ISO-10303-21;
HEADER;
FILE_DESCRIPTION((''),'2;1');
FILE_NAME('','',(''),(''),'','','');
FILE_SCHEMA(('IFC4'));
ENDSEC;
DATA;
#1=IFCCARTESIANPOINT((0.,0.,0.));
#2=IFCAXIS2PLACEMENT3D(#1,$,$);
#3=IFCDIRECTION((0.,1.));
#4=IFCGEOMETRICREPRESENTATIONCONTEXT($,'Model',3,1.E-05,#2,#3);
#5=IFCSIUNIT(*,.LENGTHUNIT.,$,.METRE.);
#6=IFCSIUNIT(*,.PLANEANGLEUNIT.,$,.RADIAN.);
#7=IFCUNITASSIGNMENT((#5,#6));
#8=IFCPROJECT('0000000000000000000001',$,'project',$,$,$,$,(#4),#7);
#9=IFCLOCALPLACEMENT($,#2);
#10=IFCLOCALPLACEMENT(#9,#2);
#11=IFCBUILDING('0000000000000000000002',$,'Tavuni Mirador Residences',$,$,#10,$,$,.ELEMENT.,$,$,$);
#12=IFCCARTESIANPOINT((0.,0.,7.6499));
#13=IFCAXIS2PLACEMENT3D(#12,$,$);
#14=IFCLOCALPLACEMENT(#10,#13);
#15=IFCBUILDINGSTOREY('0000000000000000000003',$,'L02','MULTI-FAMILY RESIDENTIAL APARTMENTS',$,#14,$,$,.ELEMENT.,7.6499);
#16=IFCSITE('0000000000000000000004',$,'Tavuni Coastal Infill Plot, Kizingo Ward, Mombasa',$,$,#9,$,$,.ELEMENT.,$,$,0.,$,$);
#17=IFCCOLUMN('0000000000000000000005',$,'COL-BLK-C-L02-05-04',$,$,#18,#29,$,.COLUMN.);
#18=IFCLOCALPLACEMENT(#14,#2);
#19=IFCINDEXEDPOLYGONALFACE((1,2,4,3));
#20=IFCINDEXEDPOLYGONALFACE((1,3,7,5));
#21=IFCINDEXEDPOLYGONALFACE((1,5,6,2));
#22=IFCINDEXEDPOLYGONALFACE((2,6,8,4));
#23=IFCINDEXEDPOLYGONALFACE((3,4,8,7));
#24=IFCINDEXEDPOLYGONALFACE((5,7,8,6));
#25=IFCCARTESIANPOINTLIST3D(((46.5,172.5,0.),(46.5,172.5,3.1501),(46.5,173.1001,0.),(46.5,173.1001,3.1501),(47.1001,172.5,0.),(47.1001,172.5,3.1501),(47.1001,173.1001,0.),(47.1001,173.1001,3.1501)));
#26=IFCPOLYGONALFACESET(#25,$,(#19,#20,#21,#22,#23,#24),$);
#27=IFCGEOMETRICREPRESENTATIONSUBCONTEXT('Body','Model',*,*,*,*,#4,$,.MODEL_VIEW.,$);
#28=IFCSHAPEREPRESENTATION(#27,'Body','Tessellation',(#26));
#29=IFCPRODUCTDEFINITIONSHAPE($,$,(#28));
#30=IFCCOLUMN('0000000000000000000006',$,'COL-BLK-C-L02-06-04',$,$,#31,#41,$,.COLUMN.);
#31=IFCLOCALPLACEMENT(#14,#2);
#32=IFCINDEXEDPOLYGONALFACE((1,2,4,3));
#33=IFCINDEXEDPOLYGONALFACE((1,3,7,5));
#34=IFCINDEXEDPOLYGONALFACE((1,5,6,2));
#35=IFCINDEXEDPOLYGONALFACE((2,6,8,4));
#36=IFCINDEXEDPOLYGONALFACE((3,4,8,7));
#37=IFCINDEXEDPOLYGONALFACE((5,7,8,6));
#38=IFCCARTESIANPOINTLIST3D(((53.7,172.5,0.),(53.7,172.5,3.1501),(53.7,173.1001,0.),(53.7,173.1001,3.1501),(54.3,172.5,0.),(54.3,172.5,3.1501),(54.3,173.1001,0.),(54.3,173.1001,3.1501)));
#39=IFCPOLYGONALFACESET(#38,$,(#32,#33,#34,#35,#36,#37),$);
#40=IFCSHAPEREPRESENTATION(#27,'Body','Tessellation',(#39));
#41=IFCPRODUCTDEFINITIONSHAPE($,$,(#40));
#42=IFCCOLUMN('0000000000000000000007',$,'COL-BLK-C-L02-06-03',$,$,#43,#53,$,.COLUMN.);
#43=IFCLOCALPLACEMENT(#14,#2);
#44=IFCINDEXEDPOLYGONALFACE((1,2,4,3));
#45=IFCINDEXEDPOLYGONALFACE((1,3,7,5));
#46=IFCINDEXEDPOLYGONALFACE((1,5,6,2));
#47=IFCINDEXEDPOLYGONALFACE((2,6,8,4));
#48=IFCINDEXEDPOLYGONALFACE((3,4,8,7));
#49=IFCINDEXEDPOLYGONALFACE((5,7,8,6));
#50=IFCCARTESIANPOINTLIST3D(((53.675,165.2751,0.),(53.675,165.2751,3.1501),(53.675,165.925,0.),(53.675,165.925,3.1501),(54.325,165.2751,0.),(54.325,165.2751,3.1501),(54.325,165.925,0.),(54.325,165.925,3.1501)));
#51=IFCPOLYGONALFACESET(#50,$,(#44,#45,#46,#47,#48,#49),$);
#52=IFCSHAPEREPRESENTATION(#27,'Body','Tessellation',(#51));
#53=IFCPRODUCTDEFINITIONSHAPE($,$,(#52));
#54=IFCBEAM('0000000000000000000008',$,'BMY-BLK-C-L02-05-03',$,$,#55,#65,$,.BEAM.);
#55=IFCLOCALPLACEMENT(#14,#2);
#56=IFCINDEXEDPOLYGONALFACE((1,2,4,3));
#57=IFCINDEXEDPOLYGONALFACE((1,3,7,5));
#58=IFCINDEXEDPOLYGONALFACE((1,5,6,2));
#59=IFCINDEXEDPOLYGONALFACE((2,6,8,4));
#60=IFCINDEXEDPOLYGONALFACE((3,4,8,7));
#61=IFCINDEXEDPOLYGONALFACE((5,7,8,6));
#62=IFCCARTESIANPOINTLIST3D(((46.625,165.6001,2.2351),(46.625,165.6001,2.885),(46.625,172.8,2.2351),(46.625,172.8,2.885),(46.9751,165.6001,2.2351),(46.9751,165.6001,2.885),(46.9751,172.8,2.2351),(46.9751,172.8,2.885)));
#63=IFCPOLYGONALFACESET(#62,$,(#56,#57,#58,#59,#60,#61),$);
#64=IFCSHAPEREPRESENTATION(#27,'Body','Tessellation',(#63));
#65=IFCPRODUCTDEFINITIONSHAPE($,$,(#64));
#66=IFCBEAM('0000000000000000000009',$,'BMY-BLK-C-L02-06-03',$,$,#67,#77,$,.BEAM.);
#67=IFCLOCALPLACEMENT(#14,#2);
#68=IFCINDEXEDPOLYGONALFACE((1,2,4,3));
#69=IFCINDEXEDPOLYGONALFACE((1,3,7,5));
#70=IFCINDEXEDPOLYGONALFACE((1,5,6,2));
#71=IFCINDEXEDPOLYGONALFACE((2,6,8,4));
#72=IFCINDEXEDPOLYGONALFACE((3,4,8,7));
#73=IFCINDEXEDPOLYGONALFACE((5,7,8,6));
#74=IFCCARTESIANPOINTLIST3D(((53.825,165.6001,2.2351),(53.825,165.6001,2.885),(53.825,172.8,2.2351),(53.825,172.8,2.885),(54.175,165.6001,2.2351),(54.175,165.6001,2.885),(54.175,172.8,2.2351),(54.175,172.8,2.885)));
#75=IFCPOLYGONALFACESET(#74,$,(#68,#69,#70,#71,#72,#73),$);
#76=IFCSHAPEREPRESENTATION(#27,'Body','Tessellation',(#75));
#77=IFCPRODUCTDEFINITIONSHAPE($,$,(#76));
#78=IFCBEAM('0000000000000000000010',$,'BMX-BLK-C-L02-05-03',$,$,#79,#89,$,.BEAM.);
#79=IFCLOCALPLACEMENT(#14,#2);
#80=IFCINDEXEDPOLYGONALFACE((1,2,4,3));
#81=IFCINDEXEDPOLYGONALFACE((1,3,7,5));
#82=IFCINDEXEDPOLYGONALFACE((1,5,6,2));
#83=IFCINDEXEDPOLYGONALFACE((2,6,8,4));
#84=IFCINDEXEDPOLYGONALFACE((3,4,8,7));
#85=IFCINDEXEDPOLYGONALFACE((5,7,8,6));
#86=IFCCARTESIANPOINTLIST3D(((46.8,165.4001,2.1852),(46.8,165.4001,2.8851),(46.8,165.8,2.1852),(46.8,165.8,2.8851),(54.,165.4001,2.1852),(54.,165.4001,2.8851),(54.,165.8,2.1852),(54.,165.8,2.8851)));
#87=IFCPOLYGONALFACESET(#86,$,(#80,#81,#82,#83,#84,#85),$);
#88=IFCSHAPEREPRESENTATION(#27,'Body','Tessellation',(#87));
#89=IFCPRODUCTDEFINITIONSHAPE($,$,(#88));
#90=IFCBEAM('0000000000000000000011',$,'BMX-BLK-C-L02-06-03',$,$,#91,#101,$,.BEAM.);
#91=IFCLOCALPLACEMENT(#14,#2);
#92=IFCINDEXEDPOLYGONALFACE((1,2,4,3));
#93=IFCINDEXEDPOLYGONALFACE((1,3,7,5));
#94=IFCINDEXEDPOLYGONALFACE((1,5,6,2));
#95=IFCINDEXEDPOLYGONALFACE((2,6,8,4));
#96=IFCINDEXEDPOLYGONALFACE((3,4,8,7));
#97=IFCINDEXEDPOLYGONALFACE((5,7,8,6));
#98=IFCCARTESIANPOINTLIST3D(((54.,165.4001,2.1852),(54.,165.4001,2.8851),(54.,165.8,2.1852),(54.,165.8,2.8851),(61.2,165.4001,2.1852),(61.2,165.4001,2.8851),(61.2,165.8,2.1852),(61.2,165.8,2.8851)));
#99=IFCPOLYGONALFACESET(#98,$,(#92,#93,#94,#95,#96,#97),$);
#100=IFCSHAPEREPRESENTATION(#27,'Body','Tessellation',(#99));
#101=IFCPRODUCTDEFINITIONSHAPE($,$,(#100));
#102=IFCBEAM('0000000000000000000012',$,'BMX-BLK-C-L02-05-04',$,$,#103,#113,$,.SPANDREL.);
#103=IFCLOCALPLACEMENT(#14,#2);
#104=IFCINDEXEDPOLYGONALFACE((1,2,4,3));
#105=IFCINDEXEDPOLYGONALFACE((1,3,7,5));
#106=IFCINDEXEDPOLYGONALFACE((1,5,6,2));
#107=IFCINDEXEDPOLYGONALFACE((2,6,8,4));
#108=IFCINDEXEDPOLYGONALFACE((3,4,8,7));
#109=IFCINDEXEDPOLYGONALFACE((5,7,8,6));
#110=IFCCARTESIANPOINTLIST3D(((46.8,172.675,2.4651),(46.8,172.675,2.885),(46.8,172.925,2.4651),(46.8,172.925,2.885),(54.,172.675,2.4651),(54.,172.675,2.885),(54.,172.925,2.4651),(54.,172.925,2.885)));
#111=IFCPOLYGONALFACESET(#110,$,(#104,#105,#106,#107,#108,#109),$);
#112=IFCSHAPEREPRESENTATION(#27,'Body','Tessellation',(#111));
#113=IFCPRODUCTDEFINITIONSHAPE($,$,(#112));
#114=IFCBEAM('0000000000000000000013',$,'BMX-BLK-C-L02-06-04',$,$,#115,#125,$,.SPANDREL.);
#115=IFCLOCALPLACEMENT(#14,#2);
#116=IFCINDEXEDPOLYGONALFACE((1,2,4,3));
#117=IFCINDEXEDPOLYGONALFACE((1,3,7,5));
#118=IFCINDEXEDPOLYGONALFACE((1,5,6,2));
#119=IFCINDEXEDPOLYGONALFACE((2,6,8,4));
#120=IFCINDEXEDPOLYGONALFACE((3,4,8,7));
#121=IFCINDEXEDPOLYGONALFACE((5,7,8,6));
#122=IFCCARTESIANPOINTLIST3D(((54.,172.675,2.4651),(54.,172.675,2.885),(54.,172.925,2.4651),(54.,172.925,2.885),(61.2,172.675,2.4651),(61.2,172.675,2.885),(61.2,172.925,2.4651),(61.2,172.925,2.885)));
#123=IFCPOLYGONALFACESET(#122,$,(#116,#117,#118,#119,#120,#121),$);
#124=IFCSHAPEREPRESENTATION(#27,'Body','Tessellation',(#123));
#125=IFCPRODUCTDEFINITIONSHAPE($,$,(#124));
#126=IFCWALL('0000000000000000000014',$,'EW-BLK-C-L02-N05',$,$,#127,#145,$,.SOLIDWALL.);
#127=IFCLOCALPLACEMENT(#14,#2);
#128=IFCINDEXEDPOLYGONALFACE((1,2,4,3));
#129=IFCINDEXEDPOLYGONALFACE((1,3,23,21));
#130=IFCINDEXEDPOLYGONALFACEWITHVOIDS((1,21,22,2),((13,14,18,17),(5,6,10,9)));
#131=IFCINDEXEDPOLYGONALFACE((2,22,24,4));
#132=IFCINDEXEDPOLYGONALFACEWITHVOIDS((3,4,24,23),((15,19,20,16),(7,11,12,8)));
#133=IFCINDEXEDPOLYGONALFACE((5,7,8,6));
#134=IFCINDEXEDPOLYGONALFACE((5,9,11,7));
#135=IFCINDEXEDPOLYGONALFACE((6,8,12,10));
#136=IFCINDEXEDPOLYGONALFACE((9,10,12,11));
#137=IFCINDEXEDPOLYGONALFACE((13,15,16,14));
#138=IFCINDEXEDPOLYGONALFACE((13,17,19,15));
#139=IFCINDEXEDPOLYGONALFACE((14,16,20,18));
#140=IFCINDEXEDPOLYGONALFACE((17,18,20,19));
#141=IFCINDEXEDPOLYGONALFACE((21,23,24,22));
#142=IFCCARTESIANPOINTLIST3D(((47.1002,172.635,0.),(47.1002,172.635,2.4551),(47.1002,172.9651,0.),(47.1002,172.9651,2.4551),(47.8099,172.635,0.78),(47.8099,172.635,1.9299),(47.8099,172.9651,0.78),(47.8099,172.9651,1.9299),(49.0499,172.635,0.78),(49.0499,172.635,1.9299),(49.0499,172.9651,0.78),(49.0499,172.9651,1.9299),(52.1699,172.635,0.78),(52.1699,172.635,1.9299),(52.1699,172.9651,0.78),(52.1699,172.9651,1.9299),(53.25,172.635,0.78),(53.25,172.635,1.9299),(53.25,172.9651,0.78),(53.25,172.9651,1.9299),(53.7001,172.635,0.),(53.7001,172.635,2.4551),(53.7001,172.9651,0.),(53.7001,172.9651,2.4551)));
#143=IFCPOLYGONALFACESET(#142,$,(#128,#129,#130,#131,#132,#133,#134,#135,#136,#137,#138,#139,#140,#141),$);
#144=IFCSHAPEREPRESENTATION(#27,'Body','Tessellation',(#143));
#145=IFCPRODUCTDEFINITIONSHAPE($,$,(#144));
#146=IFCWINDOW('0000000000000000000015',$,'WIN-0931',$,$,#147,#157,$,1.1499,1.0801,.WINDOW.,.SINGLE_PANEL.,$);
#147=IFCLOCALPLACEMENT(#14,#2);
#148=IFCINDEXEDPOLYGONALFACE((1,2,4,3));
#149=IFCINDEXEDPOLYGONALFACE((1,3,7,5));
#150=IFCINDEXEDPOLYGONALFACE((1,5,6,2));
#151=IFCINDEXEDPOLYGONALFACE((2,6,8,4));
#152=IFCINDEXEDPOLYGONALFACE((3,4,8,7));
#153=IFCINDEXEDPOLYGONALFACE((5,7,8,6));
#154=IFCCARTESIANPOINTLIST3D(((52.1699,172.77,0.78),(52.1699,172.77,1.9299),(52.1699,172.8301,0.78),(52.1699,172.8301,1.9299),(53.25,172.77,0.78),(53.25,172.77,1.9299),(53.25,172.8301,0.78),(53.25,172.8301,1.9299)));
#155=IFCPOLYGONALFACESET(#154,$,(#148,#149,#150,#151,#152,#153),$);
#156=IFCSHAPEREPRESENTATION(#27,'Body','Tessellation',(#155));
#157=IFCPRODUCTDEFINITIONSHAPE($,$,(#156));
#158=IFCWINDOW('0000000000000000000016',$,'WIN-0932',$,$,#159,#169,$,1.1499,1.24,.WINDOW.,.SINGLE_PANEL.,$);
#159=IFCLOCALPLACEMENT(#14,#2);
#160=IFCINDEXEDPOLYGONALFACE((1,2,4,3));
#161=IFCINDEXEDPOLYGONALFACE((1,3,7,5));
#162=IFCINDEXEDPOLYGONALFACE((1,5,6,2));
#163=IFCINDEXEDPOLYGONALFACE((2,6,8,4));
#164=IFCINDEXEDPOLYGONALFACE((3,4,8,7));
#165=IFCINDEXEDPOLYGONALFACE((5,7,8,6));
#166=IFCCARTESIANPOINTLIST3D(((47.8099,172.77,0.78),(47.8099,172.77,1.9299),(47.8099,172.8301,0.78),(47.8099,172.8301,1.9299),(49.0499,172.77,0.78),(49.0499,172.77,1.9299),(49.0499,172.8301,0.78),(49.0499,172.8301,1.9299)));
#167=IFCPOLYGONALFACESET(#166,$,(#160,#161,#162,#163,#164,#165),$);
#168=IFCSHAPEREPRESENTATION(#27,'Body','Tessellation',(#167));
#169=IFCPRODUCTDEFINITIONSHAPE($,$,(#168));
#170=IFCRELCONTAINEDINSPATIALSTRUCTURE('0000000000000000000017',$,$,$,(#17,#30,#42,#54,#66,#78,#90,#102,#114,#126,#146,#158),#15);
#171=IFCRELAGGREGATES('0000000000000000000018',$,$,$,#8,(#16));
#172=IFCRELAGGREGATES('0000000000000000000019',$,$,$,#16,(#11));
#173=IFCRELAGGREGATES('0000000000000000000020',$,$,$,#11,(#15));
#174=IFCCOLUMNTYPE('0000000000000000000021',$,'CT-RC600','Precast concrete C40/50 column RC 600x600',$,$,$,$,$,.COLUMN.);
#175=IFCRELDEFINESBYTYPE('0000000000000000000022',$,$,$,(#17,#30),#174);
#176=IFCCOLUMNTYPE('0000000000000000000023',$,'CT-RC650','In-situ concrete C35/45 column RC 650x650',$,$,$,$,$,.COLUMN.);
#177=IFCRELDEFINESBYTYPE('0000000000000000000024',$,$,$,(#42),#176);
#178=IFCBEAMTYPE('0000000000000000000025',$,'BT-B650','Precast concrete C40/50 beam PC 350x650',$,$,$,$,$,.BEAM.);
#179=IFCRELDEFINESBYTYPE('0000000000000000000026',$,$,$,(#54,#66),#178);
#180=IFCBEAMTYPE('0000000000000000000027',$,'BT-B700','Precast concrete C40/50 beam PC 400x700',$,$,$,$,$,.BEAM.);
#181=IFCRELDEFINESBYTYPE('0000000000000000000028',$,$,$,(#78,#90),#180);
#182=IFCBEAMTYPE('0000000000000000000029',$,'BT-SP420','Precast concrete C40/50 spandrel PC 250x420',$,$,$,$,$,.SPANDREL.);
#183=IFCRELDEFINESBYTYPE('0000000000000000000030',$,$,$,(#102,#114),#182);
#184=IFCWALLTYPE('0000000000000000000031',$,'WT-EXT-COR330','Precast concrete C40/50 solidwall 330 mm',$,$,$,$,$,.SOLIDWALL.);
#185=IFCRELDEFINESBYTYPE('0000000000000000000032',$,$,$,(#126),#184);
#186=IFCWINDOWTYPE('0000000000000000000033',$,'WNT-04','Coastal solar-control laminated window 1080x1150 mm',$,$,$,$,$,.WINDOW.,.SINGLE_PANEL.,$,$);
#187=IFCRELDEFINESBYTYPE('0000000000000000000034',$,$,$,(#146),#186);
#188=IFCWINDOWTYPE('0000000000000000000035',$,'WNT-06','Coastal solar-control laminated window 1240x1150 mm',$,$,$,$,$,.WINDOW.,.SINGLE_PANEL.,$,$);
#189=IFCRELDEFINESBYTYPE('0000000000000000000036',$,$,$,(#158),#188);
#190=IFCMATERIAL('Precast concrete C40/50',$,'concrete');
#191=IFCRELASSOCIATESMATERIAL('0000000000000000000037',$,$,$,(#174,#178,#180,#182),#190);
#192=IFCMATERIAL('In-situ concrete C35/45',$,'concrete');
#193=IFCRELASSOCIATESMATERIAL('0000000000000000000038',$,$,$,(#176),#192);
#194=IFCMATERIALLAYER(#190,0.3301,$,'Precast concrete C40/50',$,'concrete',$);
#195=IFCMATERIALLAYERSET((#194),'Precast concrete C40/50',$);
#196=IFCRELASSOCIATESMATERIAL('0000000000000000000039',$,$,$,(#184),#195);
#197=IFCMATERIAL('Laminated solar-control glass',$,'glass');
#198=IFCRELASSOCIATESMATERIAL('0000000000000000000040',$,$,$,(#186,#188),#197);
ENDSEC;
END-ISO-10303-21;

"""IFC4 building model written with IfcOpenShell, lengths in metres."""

from ifc_helpers import new_model, si_unit, direction, frame, frame_2d, origin, origin_2d, place, context, subcontext, project, spatial, rectangle, extrude, material, layer, layer_set, material_profile, profile_set, type_object, element, fill, save


model = new_model("IFC4")

# Units and contexts
model_context = context("Model", 3, precision=1e-05, world=origin(), true_north=direction((0.0, 1.0)))
body_context = subcontext(model_context, "Body", "Model", "MODEL_VIEW")
ifc_project = project(units=[si_unit("LENGTHUNIT", "METRE"), si_unit("PLANEANGLEUNIT", "RADIAN")], contexts=[model_context])

# Site, building, storey
site_placement = place(None, origin())
site = spatial("IfcSite", under=ifc_project, at=site_placement, Name="Tavuni Coastal Infill Plot, Kizingo Ward, Mombasa", CompositionType="ELEMENT", RefElevation=0.0)
building_placement = place(site_placement, origin())
building = spatial("IfcBuilding", under=site, at=building_placement, Name="Tavuni Mirador Residences", CompositionType="ELEMENT")
storey_placement = place(building_placement, frame((0.0, 0.0, 7.6499)))
storey = spatial("IfcBuildingStorey", under=building, at=storey_placement, Name="L02", Description="MULTI-FAMILY RESIDENTIAL APARTMENTS", CompositionType="ELEMENT", Elevation=7.6499)

# Columns
ifc_material_1 = material(Name="Precast concrete C40/50", Category="concrete")
ifc_material_profile_1 = material_profile(ifc_material_1, rectangle(XDim=0.6001, YDim=0.6001, at=origin_2d()), Name="RC 600x600", Category="concrete")
ifc_profile_set_1 = profile_set([ifc_material_profile_1], Name="Precast concrete C40/50")
column_type_1 = type_object("IfcColumnType", Name="CT-RC600", Description="Precast concrete C40/50 column RC 600x600", PredefinedType="COLUMN", material=ifc_profile_set_1)
for number, where, z_axis, x_axis, name in (
    (1, (46.8, 172.8, 0.0), (0.0, 0.0, 1.0), (1.0, 0.0, 0.0), "COL-BLK-C-L02-05-04"),
    (2, (54.0, 172.8, 0.0), (0.0, 0.0, 1.0), (1.0, 0.0, 0.0), "COL-BLK-C-L02-06-04"),
):
    element("IfcColumn", number, at=place(storey_placement, frame(where, z_axis=z_axis, x_axis=x_axis)), inside=storey, type_object=column_type_1, Name=name, PredefinedType="COLUMN", context=body_context, shape_type="SweptSolid", body=[
        extrude(rectangle(XDim=0.6001, YDim=0.6001, at=origin_2d()), origin(), (0.0, 0.0, 1.0), 3.1501),
    ])
ifc_material_2 = material(Name="In-situ concrete C35/45", Category="concrete")
ifc_material_profile_2 = material_profile(ifc_material_2, rectangle(XDim=0.6499, YDim=0.6499, at=origin_2d()), Name="RC 650x650", Category="concrete")
ifc_profile_set_2 = profile_set([ifc_material_profile_2], Name="In-situ concrete C35/45")
column_type_2 = type_object("IfcColumnType", Name="CT-RC650", Description="In-situ concrete C35/45 column RC 650x650", PredefinedType="COLUMN", material=ifc_profile_set_2)
column_placement = place(storey_placement, frame((54.0, 165.6001, 0.0), z_axis=(0.0, 0.0, 1.0), x_axis=(1.0, 0.0, 0.0)))
element("IfcColumn", 3, at=column_placement, inside=storey, type_object=column_type_2, Name="COL-BLK-C-L02-06-03", PredefinedType="COLUMN", context=body_context, shape_type="SweptSolid", body=[
    extrude(rectangle(XDim=0.6499, YDim=0.6499, at=origin_2d()), origin(), (0.0, 0.0, 1.0), 3.1501),
])

# Beams
ifc_material_profile_3 = material_profile(ifc_material_1, rectangle(XDim=0.3501, YDim=0.6499, at=origin_2d()), Name="PC 350x650", Category="concrete")
ifc_profile_set_3 = profile_set([ifc_material_profile_3], Name="Precast concrete C40/50")
beam_type_1 = type_object("IfcBeamType", Name="BT-B650", Description="Precast concrete C40/50 beam PC 350x650", PredefinedType="BEAM", material=ifc_profile_set_3)
for number, where, z_axis, x_axis, name in (
    (4, (46.8, 165.6001, 2.5601), (0.0, 1.0, 0.0), (-1.0, 0.0, 0.0), "BMY-BLK-C-L02-05-03"),
    (5, (54.0, 165.6001, 2.5601), (0.0, 1.0, 0.0), (-1.0, 0.0, 0.0), "BMY-BLK-C-L02-06-03"),
):
    element("IfcBeam", number, at=place(storey_placement, frame(where, z_axis=z_axis, x_axis=x_axis)), inside=storey, type_object=beam_type_1, Name=name, PredefinedType="BEAM", context=body_context, shape_type="SweptSolid", body=[
        extrude(rectangle(XDim=0.3501, YDim=0.6499, at=origin_2d()), origin(), (0.0, 0.0, 1.0), 7.2),
    ])
ifc_material_profile_4 = material_profile(ifc_material_1, rectangle(XDim=0.3999, YDim=0.7, at=origin_2d()), Name="PC 400x700", Category="concrete")
ifc_profile_set_4 = profile_set([ifc_material_profile_4], Name="Precast concrete C40/50")
beam_type_2 = type_object("IfcBeamType", Name="BT-B700", Description="Precast concrete C40/50 beam PC 400x700", PredefinedType="BEAM", material=ifc_profile_set_4)
for number, where, z_axis, x_axis, name in (
    (6, (46.8, 165.6001, 2.5352), (1.0, 0.0, 0.0), (0.0, 1.0, 0.0), "BMX-BLK-C-L02-05-03"),
    (7, (54.0, 165.6001, 2.5352), (1.0, 0.0, 0.0), (0.0, 1.0, 0.0), "BMX-BLK-C-L02-06-03"),
):
    element("IfcBeam", number, at=place(storey_placement, frame(where, z_axis=z_axis, x_axis=x_axis)), inside=storey, type_object=beam_type_2, Name=name, PredefinedType="BEAM", context=body_context, shape_type="SweptSolid", body=[
        extrude(rectangle(XDim=0.3999, YDim=0.7, at=origin_2d()), origin(), (0.0, 0.0, 1.0), 7.2),
    ])
ifc_material_profile_5 = material_profile(ifc_material_1, rectangle(XDim=0.25, YDim=0.4199, at=origin_2d()), Name="PC 250x420", Category="concrete")
ifc_profile_set_5 = profile_set([ifc_material_profile_5], Name="Precast concrete C40/50")
beam_type_3 = type_object("IfcBeamType", Name="BT-SP420", Description="Precast concrete C40/50 spandrel PC 250x420", PredefinedType="SPANDREL", material=ifc_profile_set_5)
for number, where, z_axis, x_axis, name in (
    (8, (46.8, 172.8, 2.675), (1.0, 0.0, 0.0), (0.0, 1.0, 0.0), "BMX-BLK-C-L02-05-04"),
    (9, (54.0, 172.8, 2.675), (1.0, 0.0, 0.0), (0.0, 1.0, 0.0), "BMX-BLK-C-L02-06-04"),
):
    element("IfcBeam", number, at=place(storey_placement, frame(where, z_axis=z_axis, x_axis=x_axis)), inside=storey, type_object=beam_type_3, Name=name, PredefinedType="SPANDREL", context=body_context, shape_type="SweptSolid", body=[
        extrude(rectangle(XDim=0.25, YDim=0.4199, at=origin_2d()), origin(), (0.0, 0.0, 1.0), 7.2),
    ])

# Wall, openings, windows
ifc_layer_1 = layer(ifc_material_1, 0.3301, Name="Precast concrete C40/50", Category="concrete")
ifc_layer_set_1 = layer_set([ifc_layer_1], Name="Precast concrete C40/50")
wall_type_1 = type_object("IfcWallType", Name="WT-EXT-COR330", Description="Precast concrete C40/50 solidwall 330 mm", PredefinedType="SOLIDWALL", material=ifc_layer_set_1)
wall_1_placement = place(storey_placement, frame((53.7, 172.8, 0.0), z_axis=(0.0, 0.0, 1.0), x_axis=(-1.0, 0.0, 0.0)))
wall_1 = element("IfcWall", 10, at=wall_1_placement, inside=storey, type_object=wall_type_1, Name="EW-BLK-C-L02-N05", PredefinedType="SOLIDWALL", context=body_context, shape_type="SweptSolid", body=[
    extrude(rectangle(XDim=6.5999, YDim=0.3301, at=frame_2d((3.2998, 0.0))), origin(), (0.0, 0.0, 1.0), 2.4551),
])
opening_1_placement = place(wall_1_placement, frame((0.45, 0.0, 0.78)))
opening_1 = element("IfcOpeningElement", 11, at=opening_1_placement, cuts=wall_1, PredefinedType="OPENING", context=body_context, shape_type="SweptSolid", body=[
    extrude(rectangle(XDim=1.0801, YDim=1.1499, at=frame_2d((0.54, 0.575))), frame((0.0, 0.175, 0.0), z_axis=(0.0, -1.0, 0.0), x_axis=(1.0, 0.0, 0.0)), (0.0, 0.0, 1.0), 0.3501),
])
opening_2_placement = place(wall_1_placement, frame((4.6499, 0.0, 0.78)))
opening_2 = element("IfcOpeningElement", 12, at=opening_2_placement, cuts=wall_1, PredefinedType="OPENING", context=body_context, shape_type="SweptSolid", body=[
    extrude(rectangle(XDim=1.24, YDim=1.1499, at=frame_2d((0.6201, 0.575))), frame((0.0, 0.175, 0.0), z_axis=(0.0, -1.0, 0.0), x_axis=(1.0, 0.0, 0.0)), (0.0, 0.0, 1.0), 0.3501),
])
ifc_material_3 = material(Name="Laminated solar-control glass", Category="glass")
window_type_1 = type_object("IfcWindowType", Name="WNT-04", Description="Coastal solar-control laminated window 1080x1150 mm", PartitioningType="SINGLE_PANEL", PredefinedType="WINDOW", material=ifc_material_3)
window_1_placement = place(opening_1_placement, origin())
window_1 = element("IfcWindow", 13, at=window_1_placement, inside=storey, type_object=window_type_1, Name="WIN-0931", OverallHeight=1.1499, OverallWidth=1.0801, PartitioningType="SINGLE_PANEL", PredefinedType="WINDOW", context=body_context, shape_type="SweptSolid", body=[
    extrude(rectangle(XDim=1.0801, YDim=1.1499, at=frame_2d((0.54, 0.575))), frame((0.0, 0.03, 0.0), z_axis=(0.0, -1.0, 0.0), x_axis=(1.0, 0.0, 0.0)), (0.0, 0.0, 1.0), 0.0601),
])
fill(opening_1, window_1)
window_type_2 = type_object("IfcWindowType", Name="WNT-06", Description="Coastal solar-control laminated window 1240x1150 mm", PartitioningType="SINGLE_PANEL", PredefinedType="WINDOW", material=ifc_material_3)
window_2_placement = place(opening_2_placement, origin())
window_2 = element("IfcWindow", 14, at=window_2_placement, inside=storey, type_object=window_type_2, Name="WIN-0932", OverallHeight=1.1499, OverallWidth=1.24, PartitioningType="SINGLE_PANEL", PredefinedType="WINDOW", context=body_context, shape_type="SweptSolid", body=[
    extrude(rectangle(XDim=1.24, YDim=1.1499, at=frame_2d((0.6201, 0.575))), frame((0.0, 0.03, 0.0), z_axis=(0.0, -1.0, 0.0), x_axis=(1.0, 0.0, 0.0)), (0.0, 0.0, 1.0), 0.0601),
])
fill(opening_2, window_2)

save(model, "model.ifc")
